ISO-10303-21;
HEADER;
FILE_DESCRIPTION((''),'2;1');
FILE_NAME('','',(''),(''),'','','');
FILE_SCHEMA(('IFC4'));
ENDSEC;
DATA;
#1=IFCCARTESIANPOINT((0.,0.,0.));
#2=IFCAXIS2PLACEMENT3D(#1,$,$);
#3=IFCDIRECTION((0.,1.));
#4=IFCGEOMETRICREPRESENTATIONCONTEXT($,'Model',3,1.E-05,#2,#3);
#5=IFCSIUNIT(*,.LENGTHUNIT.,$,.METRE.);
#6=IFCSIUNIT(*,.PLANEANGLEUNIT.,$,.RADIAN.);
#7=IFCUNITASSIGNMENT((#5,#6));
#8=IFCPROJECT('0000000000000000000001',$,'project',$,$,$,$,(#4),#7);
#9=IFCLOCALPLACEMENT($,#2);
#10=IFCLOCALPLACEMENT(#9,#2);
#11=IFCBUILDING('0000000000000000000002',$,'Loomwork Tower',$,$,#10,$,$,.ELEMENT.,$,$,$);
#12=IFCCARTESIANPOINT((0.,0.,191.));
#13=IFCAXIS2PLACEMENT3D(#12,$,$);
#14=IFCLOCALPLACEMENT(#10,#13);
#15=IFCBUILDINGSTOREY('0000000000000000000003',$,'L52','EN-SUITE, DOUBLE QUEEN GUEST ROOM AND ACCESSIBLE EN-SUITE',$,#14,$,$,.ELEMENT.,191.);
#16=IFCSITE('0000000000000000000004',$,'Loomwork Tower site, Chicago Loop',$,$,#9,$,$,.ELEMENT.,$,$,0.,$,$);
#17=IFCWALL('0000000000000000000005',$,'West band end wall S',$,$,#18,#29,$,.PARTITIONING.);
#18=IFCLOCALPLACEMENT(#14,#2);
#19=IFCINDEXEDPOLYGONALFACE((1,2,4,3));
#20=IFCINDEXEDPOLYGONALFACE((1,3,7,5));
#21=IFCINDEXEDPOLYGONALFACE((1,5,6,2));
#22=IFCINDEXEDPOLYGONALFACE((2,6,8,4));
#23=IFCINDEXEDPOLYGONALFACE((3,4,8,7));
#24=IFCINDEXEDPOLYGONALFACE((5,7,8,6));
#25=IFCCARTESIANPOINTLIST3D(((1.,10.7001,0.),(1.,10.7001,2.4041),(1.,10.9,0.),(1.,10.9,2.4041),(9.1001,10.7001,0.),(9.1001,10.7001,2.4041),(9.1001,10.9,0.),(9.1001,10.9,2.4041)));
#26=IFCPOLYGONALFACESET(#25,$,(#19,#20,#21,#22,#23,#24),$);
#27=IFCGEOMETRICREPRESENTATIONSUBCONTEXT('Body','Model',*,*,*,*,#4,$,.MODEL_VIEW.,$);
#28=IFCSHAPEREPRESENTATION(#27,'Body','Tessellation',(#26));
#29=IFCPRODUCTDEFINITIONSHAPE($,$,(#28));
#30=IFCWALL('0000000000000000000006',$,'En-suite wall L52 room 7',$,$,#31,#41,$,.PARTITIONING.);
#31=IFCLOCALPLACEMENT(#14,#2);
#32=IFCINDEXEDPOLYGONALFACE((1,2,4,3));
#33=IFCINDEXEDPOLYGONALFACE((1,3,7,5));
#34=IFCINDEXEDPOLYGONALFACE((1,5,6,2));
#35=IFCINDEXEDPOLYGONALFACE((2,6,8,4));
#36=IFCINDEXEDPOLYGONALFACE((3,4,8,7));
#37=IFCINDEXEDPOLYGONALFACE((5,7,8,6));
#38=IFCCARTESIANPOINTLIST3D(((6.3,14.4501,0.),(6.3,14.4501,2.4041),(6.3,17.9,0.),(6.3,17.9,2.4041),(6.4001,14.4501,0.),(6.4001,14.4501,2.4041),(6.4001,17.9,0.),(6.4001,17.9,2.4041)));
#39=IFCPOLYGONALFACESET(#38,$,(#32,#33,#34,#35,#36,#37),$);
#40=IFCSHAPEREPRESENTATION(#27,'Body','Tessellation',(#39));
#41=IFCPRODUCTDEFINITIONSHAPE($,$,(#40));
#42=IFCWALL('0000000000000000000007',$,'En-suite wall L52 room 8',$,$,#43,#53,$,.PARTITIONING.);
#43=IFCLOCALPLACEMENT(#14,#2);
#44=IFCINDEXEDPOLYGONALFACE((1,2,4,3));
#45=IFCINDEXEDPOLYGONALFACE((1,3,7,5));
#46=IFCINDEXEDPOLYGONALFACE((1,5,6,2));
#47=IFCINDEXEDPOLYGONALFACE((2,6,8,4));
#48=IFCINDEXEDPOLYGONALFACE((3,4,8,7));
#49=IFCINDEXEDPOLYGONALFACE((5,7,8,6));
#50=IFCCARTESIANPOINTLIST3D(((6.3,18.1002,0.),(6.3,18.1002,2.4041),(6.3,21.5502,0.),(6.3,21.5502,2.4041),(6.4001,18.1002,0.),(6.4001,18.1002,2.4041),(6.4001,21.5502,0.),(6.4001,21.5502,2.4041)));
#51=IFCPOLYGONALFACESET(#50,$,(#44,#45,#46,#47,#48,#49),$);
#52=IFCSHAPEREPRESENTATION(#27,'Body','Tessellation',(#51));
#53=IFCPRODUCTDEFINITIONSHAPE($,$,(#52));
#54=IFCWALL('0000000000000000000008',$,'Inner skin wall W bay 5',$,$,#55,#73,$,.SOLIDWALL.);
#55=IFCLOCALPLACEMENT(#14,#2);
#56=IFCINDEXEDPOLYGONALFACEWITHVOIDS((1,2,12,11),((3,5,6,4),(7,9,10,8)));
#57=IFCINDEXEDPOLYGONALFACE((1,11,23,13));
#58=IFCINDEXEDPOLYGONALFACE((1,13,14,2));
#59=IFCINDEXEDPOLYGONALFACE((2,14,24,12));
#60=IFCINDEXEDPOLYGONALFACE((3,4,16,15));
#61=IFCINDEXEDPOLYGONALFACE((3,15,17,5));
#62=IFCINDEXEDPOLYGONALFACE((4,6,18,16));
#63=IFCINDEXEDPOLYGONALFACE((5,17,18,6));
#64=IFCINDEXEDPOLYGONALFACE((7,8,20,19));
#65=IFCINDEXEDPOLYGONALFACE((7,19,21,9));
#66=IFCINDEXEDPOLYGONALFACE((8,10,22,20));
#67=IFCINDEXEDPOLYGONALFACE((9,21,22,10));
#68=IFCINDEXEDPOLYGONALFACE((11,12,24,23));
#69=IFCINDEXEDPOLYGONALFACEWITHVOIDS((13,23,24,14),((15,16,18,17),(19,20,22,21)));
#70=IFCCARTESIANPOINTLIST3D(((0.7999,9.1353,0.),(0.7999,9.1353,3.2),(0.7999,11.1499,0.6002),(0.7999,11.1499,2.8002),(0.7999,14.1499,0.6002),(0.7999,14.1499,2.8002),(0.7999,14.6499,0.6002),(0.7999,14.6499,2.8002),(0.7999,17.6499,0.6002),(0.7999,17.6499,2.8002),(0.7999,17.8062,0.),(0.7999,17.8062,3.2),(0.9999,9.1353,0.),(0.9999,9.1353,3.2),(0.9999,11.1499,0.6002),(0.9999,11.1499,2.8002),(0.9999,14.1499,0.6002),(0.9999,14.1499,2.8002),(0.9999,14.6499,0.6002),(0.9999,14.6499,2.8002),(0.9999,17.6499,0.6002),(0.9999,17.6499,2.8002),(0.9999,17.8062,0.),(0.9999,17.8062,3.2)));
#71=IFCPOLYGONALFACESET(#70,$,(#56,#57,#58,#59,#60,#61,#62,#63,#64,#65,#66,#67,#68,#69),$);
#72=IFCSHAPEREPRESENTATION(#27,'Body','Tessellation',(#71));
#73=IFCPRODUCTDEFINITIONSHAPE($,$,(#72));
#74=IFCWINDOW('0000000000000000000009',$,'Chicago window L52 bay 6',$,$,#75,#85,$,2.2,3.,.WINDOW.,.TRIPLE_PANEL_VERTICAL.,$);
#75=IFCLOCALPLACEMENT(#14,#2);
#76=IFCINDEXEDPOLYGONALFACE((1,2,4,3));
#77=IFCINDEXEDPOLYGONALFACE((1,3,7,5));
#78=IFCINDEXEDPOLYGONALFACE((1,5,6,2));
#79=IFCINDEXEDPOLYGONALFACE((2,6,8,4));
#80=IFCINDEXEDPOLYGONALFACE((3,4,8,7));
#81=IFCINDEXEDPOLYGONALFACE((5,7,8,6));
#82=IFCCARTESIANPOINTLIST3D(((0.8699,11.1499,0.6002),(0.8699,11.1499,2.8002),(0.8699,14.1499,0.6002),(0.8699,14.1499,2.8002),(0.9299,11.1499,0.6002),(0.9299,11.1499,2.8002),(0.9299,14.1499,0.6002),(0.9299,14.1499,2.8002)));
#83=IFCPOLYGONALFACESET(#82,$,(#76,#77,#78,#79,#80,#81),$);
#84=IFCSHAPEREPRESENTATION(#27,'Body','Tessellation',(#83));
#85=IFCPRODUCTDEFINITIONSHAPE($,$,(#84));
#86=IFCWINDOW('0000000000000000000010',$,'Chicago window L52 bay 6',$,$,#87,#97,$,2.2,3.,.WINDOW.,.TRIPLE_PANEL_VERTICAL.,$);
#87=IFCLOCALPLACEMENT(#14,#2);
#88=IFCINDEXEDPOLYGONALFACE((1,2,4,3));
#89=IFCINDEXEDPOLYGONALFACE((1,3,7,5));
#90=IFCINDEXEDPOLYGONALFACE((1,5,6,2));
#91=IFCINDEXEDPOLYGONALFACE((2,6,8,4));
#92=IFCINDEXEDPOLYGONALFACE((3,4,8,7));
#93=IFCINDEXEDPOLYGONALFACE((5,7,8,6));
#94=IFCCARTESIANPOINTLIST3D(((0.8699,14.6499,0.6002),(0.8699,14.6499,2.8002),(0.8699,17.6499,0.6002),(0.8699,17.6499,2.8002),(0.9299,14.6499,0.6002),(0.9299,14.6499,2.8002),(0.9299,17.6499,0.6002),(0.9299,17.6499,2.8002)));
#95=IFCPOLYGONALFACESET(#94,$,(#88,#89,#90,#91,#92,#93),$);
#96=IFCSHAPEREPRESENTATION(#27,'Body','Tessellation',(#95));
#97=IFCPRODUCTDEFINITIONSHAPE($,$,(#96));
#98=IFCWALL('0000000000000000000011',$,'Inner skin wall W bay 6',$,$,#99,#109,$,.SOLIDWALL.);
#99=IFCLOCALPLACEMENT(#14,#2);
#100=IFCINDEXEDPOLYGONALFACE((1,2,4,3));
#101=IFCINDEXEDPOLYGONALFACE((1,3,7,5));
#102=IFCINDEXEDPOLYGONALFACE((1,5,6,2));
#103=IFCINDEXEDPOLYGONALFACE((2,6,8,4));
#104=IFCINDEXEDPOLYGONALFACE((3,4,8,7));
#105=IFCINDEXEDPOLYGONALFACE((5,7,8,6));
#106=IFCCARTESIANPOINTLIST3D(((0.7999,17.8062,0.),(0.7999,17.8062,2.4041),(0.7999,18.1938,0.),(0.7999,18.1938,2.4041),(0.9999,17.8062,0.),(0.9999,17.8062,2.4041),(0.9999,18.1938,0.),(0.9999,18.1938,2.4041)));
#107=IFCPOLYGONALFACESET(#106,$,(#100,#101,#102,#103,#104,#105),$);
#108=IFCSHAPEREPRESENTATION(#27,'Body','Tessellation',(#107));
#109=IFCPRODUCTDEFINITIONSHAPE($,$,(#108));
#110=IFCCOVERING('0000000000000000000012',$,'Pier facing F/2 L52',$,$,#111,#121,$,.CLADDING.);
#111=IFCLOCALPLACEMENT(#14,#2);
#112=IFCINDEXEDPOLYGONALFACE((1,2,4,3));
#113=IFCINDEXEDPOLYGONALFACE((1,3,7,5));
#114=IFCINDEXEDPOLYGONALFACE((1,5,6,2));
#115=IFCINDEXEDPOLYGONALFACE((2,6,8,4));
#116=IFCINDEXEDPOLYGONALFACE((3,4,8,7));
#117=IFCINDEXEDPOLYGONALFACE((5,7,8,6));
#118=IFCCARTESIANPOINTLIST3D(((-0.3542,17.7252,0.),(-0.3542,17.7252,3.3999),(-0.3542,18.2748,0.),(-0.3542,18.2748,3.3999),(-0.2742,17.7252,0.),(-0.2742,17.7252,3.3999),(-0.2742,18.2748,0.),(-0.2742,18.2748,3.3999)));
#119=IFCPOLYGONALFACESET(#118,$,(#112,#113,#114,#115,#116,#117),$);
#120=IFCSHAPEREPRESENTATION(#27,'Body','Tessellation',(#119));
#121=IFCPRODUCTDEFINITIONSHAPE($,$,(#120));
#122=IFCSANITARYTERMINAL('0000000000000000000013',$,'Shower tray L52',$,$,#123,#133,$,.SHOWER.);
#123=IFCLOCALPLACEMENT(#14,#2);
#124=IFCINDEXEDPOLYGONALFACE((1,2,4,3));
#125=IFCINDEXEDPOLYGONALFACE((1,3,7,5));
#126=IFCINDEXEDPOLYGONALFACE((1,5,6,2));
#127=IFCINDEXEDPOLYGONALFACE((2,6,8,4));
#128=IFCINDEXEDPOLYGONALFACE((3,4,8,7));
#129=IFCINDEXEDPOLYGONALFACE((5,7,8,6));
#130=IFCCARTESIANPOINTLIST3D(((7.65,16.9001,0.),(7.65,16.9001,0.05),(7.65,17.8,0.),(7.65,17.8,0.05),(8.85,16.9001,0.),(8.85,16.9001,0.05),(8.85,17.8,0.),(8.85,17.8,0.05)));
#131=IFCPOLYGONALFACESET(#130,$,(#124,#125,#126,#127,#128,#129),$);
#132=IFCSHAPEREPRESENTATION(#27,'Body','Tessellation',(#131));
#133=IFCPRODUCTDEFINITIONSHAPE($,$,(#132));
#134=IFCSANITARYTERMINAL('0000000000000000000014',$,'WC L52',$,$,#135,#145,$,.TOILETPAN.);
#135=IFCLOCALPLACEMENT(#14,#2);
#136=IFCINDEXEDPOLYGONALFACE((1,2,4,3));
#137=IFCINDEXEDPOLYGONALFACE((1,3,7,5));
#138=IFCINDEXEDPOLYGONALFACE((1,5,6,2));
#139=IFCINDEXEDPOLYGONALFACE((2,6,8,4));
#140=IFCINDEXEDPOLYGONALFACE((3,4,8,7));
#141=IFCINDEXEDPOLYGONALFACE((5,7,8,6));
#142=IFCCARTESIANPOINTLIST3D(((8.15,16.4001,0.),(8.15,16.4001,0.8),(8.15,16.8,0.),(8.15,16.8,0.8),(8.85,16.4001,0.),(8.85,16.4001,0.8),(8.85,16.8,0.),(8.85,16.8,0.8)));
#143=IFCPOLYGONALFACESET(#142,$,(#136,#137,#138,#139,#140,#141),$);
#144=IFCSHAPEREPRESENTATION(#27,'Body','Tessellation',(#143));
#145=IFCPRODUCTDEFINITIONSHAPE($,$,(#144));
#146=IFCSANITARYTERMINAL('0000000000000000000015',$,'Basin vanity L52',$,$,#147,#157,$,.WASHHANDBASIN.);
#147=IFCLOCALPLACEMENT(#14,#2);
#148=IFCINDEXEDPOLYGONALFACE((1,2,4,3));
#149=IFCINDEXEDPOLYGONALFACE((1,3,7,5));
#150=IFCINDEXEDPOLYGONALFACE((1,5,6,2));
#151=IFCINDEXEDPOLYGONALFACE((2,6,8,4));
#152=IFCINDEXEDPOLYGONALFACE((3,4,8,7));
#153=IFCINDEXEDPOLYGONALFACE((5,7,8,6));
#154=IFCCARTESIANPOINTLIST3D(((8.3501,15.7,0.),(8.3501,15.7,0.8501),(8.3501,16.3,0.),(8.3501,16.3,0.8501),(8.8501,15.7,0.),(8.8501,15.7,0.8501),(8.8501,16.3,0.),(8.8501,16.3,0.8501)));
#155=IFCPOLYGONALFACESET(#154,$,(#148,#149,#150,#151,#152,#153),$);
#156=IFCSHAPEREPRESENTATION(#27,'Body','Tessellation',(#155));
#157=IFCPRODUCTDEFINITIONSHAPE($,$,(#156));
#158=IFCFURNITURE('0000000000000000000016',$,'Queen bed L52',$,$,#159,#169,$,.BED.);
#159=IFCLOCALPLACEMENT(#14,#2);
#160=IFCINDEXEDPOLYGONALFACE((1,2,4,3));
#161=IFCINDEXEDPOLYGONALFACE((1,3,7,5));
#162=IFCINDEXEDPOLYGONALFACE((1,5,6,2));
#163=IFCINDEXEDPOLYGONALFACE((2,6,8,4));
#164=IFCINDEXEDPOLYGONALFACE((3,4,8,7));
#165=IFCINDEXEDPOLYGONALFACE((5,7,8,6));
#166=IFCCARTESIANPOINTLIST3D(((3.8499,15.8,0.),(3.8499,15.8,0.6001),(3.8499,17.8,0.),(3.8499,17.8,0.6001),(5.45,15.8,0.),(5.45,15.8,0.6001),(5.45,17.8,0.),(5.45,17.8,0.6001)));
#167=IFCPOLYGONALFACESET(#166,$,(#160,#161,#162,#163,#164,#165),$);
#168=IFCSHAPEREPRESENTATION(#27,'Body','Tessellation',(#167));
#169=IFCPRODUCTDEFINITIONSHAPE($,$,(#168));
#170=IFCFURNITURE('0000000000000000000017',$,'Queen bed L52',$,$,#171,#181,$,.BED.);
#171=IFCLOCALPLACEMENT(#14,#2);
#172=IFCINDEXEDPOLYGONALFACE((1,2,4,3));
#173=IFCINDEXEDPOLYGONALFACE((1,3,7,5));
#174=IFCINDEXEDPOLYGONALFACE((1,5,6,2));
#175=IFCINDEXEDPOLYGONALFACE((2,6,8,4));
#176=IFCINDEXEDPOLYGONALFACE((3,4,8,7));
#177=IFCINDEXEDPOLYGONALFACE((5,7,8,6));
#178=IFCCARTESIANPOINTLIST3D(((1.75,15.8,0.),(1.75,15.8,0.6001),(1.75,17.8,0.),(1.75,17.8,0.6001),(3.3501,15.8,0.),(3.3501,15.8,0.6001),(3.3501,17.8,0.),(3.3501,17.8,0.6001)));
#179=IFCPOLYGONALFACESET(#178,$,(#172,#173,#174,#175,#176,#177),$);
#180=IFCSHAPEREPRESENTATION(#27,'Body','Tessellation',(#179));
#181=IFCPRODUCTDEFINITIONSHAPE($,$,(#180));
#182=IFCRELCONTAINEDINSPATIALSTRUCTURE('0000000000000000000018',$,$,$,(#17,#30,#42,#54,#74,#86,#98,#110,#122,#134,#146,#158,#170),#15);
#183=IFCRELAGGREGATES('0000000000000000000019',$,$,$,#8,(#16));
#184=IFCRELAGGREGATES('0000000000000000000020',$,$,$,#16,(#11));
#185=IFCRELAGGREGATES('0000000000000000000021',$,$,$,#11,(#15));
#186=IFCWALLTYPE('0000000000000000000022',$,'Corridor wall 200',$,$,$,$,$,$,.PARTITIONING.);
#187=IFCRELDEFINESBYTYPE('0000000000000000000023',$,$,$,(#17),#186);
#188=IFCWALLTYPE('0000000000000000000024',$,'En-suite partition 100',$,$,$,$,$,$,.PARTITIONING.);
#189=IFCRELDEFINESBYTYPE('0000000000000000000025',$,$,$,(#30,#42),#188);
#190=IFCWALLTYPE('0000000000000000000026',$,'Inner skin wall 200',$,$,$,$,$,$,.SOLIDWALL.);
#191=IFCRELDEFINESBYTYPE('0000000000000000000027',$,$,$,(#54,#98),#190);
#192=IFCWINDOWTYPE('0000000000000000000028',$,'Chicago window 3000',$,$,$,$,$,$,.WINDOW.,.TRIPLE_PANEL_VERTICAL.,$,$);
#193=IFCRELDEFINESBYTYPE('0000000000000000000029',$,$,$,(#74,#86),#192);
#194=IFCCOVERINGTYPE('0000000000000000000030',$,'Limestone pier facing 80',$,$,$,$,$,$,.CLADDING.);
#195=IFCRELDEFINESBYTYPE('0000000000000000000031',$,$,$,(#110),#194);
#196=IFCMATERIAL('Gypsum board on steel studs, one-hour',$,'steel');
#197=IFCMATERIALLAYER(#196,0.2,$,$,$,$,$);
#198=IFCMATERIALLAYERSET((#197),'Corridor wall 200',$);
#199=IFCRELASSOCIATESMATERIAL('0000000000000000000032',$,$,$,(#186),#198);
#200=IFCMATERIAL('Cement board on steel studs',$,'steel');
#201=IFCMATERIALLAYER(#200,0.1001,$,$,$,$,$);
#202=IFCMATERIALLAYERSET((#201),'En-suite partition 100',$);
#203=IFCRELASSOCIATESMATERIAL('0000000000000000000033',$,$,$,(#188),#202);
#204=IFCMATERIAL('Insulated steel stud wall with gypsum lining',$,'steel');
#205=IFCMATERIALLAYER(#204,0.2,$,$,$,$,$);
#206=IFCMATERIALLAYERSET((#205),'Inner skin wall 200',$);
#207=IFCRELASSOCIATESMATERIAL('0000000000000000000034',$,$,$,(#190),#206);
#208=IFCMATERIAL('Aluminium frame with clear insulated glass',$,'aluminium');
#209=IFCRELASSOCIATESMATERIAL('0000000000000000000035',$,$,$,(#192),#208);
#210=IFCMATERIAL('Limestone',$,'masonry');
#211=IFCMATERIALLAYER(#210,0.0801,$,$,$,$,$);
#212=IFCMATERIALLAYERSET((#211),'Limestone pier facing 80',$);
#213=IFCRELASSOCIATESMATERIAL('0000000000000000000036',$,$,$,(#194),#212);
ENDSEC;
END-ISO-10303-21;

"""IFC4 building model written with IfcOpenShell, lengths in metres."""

from ifc_helpers import new_model, si_unit, direction, frame, frame_2d, origin, origin_2d, place, context, subcontext, project, spatial, rectangle, extrude, material, layer, layer_set, type_object, element, fill, save


model = new_model("IFC4")

# Units and contexts
model_context = context("Model", 3, precision=1e-05, world=origin(), true_north=direction((0.0, 1.0)))
body_context = subcontext(model_context, "Body", "Model", "MODEL_VIEW")
ifc_project = project(units=[si_unit("LENGTHUNIT", "METRE"), si_unit("PLANEANGLEUNIT", "RADIAN")], contexts=[model_context])

# Site, building, storey
site_placement = place(None, origin())
site = spatial("IfcSite", under=ifc_project, at=site_placement, Name="Loomwork Tower site, Chicago Loop", CompositionType="ELEMENT", RefElevation=0.0)
building_placement = place(site_placement, origin())
building = spatial("IfcBuilding", under=site, at=building_placement, Name="Loomwork Tower", CompositionType="ELEMENT")
storey_placement = place(building_placement, frame((0.0, 0.0, 191.0)))
storey = spatial("IfcBuildingStorey", under=building, at=storey_placement, Name="L52", Description="EN-SUITE, DOUBLE QUEEN GUEST ROOM AND ACCESSIBLE EN-SUITE", CompositionType="ELEMENT", Elevation=191.0)

# Walls
ifc_material_1 = material(Name="Gypsum board on steel studs, one-hour", Category="steel")
ifc_layer_1 = layer(ifc_material_1, 0.2)
ifc_layer_set_1 = layer_set([ifc_layer_1], Name="Corridor wall 200")
wall_type_1 = type_object("IfcWallType", Name="Corridor wall 200", PredefinedType="PARTITIONING", material=ifc_layer_set_1)
wall_1_placement = place(storey_placement, frame((1.0, 10.8, 0.0), z_axis=(0.0, 0.0, 1.0), x_axis=(1.0, 0.0, 0.0)))
element("IfcWall", 1, at=wall_1_placement, inside=storey, type_object=wall_type_1, Name="West band end wall S", PredefinedType="PARTITIONING", context=body_context, shape_type="SweptSolid", body=[
    extrude(rectangle(XDim=8.1001, YDim=0.2, at=frame_2d((4.05, 0.0))), origin(), (0.0, 0.0, 1.0), 2.4041),
])
ifc_material_2 = material(Name="Cement board on steel studs", Category="steel")
ifc_layer_2 = layer(ifc_material_2, 0.1001)
ifc_layer_set_2 = layer_set([ifc_layer_2], Name="En-suite partition 100")
wall_type_2 = type_object("IfcWallType", Name="En-suite partition 100", PredefinedType="PARTITIONING", material=ifc_layer_set_2)
for number, where, z_axis, x_axis, name in (
    (2, (6.3501, 14.45, 0.0), (0.0, 0.0, 1.0), (0.0, 1.0, 0.0), "En-suite wall L52 room 7"),
    (3, (6.3501, 18.1001, 0.0), (0.0, 0.0, 1.0), (0.0, 1.0, 0.0), "En-suite wall L52 room 8"),
):
    element("IfcWall", number, at=place(storey_placement, frame(where, z_axis=z_axis, x_axis=x_axis)), inside=storey, type_object=wall_type_2, Name=name, PredefinedType="PARTITIONING", context=body_context, shape_type="SweptSolid", body=[
        extrude(rectangle(XDim=3.45, YDim=0.1001, at=frame_2d((1.7251, 0.0))), origin(), (0.0, 0.0, 1.0), 2.4041),
    ])

# Wall, openings, windows
ifc_material_3 = material(Name="Insulated steel stud wall with gypsum lining", Category="steel")
ifc_layer_3 = layer(ifc_material_3, 0.2)
ifc_layer_set_3 = layer_set([ifc_layer_3], Name="Inner skin wall 200")
wall_type_3 = type_object("IfcWallType", Name="Inner skin wall 200", PredefinedType="SOLIDWALL", material=ifc_layer_set_3)
wall_2_placement = place(storey_placement, frame((0.8999, 9.1353, 0.0), z_axis=(0.0, 0.0, 1.0), x_axis=(0.0, 1.0, 0.0)))
wall_2 = element("IfcWall", 4, at=wall_2_placement, inside=storey, type_object=wall_type_3, Name="Inner skin wall W bay 5", PredefinedType="SOLIDWALL", context=body_context, shape_type="SweptSolid", body=[
    extrude(rectangle(XDim=8.6709, YDim=0.2, at=frame_2d((4.3354, 0.0))), origin(), (0.0, 0.0, 1.0), 3.2),
])
opening_1_placement = place(wall_2_placement, frame((2.0146, 0.0, 0.6001)))
opening_1 = element("IfcOpeningElement", 5, at=opening_1_placement, cuts=wall_2, PredefinedType="OPENING", context=body_context, shape_type="SweptSolid", body=[
    extrude(rectangle(XDim=3.0, YDim=2.2, at=frame_2d((1.5, 1.1001))), frame((0.0, 0.1099, 0.0), z_axis=(0.0, -1.0, 0.0), x_axis=(1.0, 0.0, 0.0)), (0.0, 0.0, 1.0), 0.22),
])
opening_2_placement = place(wall_2_placement, frame((5.5146, 0.0, 0.6001)))
opening_2 = element("IfcOpeningElement", 6, at=opening_2_placement, cuts=wall_2, PredefinedType="OPENING", context=body_context, shape_type="SweptSolid", body=[
    extrude(rectangle(XDim=3.0, YDim=2.2, at=frame_2d((1.5, 1.1001))), frame((0.0, 0.1099, 0.0), z_axis=(0.0, -1.0, 0.0), x_axis=(1.0, 0.0, 0.0)), (0.0, 0.0, 1.0), 0.22),
])
ifc_material_4 = material(Name="Aluminium frame with clear insulated glass", Category="aluminium")
window_type = type_object("IfcWindowType", Name="Chicago window 3000", PartitioningType="TRIPLE_PANEL_VERTICAL", PredefinedType="WINDOW", material=ifc_material_4)
window_1_placement = place(opening_1_placement, origin())
window_1 = element("IfcWindow", 7, at=window_1_placement, inside=storey, type_object=window_type, Name="Chicago window L52 bay 6", OverallHeight=2.2, OverallWidth=3.0, PartitioningType="TRIPLE_PANEL_VERTICAL", PredefinedType="WINDOW", context=body_context, shape_type="SweptSolid", body=[
    extrude(rectangle(XDim=3.0, YDim=2.2, at=frame_2d((1.5, 1.1001))), frame((0.0, 0.03, 0.0), z_axis=(0.0, -1.0, 0.0), x_axis=(1.0, 0.0, 0.0)), (0.0, 0.0, 1.0), 0.0601),
])
fill(opening_1, window_1)
window_2_placement = place(opening_2_placement, origin())
window_2 = element("IfcWindow", 8, at=window_2_placement, inside=storey, type_object=window_type, Name="Chicago window L52 bay 6", OverallHeight=2.2, OverallWidth=3.0, PartitioningType="TRIPLE_PANEL_VERTICAL", PredefinedType="WINDOW", context=body_context, shape_type="SweptSolid", body=[
    extrude(rectangle(XDim=3.0, YDim=2.2, at=frame_2d((1.5, 1.1001))), frame((0.0, 0.03, 0.0), z_axis=(0.0, -1.0, 0.0), x_axis=(1.0, 0.0, 0.0)), (0.0, 0.0, 1.0), 0.0601),
])
fill(opening_2, window_2)

# Wall
wall_3_placement = place(storey_placement, frame((0.8999, 17.8062, 0.0), z_axis=(0.0, 0.0, 1.0), x_axis=(0.0, 1.0, 0.0)))
element("IfcWall", 9, at=wall_3_placement, inside=storey, type_object=wall_type_3, Name="Inner skin wall W bay 6", PredefinedType="SOLIDWALL", context=body_context, shape_type="SweptSolid", body=[
    extrude(rectangle(XDim=0.3877, YDim=0.2, at=frame_2d((0.1938, 0.0))), origin(), (0.0, 0.0, 1.0), 2.4041),
])

# Covering
ifc_material_5 = material(Name="Limestone", Category="masonry")
ifc_layer_4 = layer(ifc_material_5, 0.0801)
ifc_layer_set_4 = layer_set([ifc_layer_4], Name="Limestone pier facing 80")
covering_type = type_object("IfcCoveringType", Name="Limestone pier facing 80", PredefinedType="CLADDING", material=ifc_layer_set_4)
covering_placement = place(storey_placement, frame((-0.3142, 18.0, 0.0), z_axis=(0.0, 0.0, 1.0), x_axis=(1.0, 0.0, 0.0)))
element("IfcCovering", 10, at=covering_placement, inside=storey, type_object=covering_type, Name="Pier facing F/2 L52", PredefinedType="CLADDING", context=body_context, shape_type="SweptSolid", body=[
    extrude(rectangle(XDim=0.0801, YDim=0.5496, at=origin_2d()), origin(), (0.0, 0.0, 1.0), 3.3999),
])

# Sanitary terminals
sanitary_terminal_1_placement = place(storey_placement, frame((8.25, 17.3501, 0.0), z_axis=(0.0, 0.0, 1.0), x_axis=(1.0, 0.0, 0.0)))
element("IfcSanitaryTerminal", 11, at=sanitary_terminal_1_placement, inside=storey, Name="Shower tray L52", PredefinedType="SHOWER", context=body_context, shape_type="SweptSolid", body=[
    extrude(rectangle(XDim=1.2, YDim=0.8999, at=origin_2d()), origin(), (0.0, 0.0, 1.0), 0.05),
])
sanitary_terminal_2_placement = place(storey_placement, frame((8.5, 16.6001, 0.0), z_axis=(0.0, 0.0, 1.0), x_axis=(1.0, 0.0, 0.0)))
element("IfcSanitaryTerminal", 12, at=sanitary_terminal_2_placement, inside=storey, Name="WC L52", PredefinedType="TOILETPAN", context=body_context, shape_type="SweptSolid", body=[
    extrude(rectangle(XDim=0.7, YDim=0.3999, at=origin_2d()), origin(), (0.0, 0.0, 1.0), 0.8),
])
sanitary_terminal_3_placement = place(storey_placement, frame((8.6001, 16.0, 0.0), z_axis=(0.0, 0.0, 1.0), x_axis=(1.0, 0.0, 0.0)))
element("IfcSanitaryTerminal", 13, at=sanitary_terminal_3_placement, inside=storey, Name="Basin vanity L52", PredefinedType="WASHHANDBASIN", context=body_context, shape_type="SweptSolid", body=[
    extrude(rectangle(XDim=0.5, YDim=0.6001, at=origin_2d()), origin(), (0.0, 0.0, 1.0), 0.8501),
])

# Furniture
for number, where, z_axis, x_axis, name in (
    (14, (4.6499, 16.8, 0.0), (0.0, 0.0, 1.0), (1.0, 0.0, 0.0), "Queen bed L52"),
    (15, (2.55, 16.8, 0.0), (0.0, 0.0, 1.0), (1.0, 0.0, 0.0), "Queen bed L52"),
):
    element("IfcFurniture", number, at=place(storey_placement, frame(where, z_axis=z_axis, x_axis=x_axis)), inside=storey, Name=name, PredefinedType="BED", context=body_context, shape_type="SweptSolid", body=[
        extrude(rectangle(XDim=1.6001, YDim=2.0, at=origin_2d()), origin(), (0.0, 0.0, 1.0), 0.6001),
    ])

save(model, "model.ifc")
